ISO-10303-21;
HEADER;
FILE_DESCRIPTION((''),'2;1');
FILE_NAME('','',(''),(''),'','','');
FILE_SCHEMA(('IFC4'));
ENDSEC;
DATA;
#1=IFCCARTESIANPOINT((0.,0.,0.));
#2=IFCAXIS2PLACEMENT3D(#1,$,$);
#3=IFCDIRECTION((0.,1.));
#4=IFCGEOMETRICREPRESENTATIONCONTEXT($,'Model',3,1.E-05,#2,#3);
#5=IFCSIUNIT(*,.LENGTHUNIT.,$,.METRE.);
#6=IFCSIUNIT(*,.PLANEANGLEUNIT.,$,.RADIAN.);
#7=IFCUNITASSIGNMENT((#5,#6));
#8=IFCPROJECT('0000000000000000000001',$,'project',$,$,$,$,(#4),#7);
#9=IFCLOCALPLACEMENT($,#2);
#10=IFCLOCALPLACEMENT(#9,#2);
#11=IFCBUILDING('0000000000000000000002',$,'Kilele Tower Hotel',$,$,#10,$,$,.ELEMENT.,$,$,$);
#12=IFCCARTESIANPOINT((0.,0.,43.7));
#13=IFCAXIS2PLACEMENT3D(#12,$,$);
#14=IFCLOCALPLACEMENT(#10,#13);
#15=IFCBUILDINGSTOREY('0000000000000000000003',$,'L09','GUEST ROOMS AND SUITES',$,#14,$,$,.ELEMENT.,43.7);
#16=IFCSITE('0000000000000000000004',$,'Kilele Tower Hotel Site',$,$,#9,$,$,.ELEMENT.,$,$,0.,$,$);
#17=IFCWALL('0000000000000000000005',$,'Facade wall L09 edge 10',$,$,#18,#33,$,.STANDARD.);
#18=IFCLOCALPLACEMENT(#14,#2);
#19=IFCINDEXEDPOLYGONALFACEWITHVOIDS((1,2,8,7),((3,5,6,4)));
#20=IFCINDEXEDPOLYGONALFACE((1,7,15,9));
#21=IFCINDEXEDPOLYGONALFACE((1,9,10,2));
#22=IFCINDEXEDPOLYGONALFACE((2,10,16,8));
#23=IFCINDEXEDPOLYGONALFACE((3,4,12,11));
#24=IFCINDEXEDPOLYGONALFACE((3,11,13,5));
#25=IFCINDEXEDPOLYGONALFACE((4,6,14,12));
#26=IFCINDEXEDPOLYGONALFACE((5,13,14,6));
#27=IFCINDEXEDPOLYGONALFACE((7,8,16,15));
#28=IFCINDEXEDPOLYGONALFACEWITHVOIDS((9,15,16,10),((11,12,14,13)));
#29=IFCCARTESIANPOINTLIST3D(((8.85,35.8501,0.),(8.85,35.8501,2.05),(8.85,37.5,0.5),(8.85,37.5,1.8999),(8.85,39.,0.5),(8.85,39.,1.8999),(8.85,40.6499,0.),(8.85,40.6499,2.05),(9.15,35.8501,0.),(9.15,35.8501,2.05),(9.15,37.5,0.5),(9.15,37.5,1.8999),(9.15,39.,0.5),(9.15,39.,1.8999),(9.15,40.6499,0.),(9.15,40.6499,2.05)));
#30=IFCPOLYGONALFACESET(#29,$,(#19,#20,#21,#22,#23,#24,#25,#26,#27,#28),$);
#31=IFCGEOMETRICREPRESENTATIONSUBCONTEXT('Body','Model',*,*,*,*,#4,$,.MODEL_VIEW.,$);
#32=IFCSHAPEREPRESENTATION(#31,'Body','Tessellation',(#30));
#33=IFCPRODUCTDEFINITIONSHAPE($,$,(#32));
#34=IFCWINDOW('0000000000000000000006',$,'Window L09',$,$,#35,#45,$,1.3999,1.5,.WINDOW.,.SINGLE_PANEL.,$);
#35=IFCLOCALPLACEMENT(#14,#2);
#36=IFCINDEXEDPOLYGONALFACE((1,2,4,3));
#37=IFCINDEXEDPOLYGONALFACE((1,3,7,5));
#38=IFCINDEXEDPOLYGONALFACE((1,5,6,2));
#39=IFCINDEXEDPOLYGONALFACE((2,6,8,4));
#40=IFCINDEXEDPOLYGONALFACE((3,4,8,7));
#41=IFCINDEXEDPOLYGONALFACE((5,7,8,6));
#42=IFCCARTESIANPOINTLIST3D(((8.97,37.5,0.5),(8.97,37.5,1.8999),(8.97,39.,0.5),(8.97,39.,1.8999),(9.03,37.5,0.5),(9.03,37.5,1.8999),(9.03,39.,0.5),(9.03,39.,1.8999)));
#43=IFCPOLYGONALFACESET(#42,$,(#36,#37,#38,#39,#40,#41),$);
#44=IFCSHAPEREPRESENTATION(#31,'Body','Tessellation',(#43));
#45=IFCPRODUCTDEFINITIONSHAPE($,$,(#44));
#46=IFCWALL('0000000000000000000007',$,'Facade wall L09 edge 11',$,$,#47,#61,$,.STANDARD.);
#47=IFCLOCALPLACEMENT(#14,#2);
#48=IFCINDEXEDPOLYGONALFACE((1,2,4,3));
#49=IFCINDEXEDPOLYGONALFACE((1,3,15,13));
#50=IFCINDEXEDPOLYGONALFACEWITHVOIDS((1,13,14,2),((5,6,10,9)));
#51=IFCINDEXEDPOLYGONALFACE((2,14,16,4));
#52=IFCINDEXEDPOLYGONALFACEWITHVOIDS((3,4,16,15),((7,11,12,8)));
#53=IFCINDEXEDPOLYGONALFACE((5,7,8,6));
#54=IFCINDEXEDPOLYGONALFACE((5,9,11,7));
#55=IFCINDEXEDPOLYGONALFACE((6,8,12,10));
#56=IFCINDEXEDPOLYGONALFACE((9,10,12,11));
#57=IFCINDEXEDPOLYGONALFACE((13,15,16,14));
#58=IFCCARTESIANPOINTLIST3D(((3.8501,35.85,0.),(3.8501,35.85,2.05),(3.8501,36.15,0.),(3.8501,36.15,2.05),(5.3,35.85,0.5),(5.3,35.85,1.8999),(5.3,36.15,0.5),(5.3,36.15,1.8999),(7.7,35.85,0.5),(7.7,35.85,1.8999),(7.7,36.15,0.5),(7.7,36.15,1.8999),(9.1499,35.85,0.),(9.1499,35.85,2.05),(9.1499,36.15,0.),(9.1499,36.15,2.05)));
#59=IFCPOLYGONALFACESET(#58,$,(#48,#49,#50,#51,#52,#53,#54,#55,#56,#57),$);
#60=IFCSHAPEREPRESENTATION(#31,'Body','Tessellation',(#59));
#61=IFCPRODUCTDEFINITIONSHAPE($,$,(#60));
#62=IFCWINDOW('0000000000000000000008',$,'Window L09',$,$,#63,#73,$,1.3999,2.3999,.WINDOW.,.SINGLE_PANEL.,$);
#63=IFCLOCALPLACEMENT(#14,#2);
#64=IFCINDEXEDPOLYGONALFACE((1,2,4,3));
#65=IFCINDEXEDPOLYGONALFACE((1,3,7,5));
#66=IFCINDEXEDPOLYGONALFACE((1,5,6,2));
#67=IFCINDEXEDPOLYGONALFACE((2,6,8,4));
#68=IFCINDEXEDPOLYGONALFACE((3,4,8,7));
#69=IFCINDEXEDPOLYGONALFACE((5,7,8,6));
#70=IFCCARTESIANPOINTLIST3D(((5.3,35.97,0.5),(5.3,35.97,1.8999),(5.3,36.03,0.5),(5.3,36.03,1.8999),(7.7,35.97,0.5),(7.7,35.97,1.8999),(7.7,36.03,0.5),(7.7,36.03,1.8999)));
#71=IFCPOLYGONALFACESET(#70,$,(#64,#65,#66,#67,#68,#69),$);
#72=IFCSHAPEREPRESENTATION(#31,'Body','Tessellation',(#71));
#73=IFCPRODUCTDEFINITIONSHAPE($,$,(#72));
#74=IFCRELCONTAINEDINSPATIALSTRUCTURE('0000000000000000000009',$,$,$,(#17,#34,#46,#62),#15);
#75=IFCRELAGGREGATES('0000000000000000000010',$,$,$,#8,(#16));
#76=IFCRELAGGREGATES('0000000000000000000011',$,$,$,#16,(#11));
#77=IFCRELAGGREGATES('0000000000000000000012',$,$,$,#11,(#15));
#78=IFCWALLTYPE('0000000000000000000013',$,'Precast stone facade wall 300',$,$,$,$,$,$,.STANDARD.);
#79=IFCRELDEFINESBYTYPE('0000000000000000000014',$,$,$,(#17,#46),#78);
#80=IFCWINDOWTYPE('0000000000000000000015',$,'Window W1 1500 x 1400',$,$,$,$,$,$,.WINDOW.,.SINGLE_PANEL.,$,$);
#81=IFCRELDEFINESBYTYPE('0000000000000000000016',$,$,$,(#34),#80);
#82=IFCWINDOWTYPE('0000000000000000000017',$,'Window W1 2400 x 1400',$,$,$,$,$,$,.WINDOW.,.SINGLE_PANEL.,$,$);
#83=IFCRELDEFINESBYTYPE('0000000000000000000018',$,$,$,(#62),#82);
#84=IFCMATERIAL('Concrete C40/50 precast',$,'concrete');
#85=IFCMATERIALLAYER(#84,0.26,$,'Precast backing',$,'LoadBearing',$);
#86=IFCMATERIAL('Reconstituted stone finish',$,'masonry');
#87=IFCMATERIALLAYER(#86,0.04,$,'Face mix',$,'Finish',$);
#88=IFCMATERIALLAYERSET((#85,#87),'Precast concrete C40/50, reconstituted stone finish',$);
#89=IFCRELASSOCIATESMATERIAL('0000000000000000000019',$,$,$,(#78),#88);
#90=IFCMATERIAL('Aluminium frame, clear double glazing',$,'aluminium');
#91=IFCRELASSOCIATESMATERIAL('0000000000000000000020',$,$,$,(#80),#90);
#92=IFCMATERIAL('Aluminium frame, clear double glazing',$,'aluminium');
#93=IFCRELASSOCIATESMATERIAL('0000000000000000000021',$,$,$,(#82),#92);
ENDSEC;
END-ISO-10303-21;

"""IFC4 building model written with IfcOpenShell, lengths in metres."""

from ifc_helpers import new_model, si_unit, direction, frame, frame_2d, origin, place, context, subcontext, project, spatial, rectangle, extrude, material, layer, layer_set, type_object, element, fill, save


model = new_model("IFC4")

# Units and contexts
model_context = context("Model", 3, precision=1e-05, world=origin(), true_north=direction((0.0, 1.0)))
body_context = subcontext(model_context, "Body", "Model", "MODEL_VIEW")
ifc_project = project(units=[si_unit("LENGTHUNIT", "METRE"), si_unit("PLANEANGLEUNIT", "RADIAN")], contexts=[model_context])

# Site, building, storey
site_placement = place(None, origin())
site = spatial("IfcSite", under=ifc_project, at=site_placement, Name="Kilele Tower Hotel Site", CompositionType="ELEMENT", RefElevation=0.0)
building_placement = place(site_placement, origin())
building = spatial("IfcBuilding", under=site, at=building_placement, Name="Kilele Tower Hotel", CompositionType="ELEMENT")
storey_placement = place(building_placement, frame((0.0, 0.0, 43.7)))
storey = spatial("IfcBuildingStorey", under=building, at=storey_placement, Name="L09", Description="GUEST ROOMS AND SUITES", CompositionType="ELEMENT", Elevation=43.7)

# Walls, openings, windows
ifc_material_1 = material(Name="Concrete C40/50 precast", Category="concrete")
ifc_layer_1 = layer(ifc_material_1, 0.26, Name="Precast backing", Category="LoadBearing")
ifc_material_2 = material(Name="Reconstituted stone finish", Category="masonry")
ifc_layer_2 = layer(ifc_material_2, 0.04, Name="Face mix", Category="Finish")
ifc_layer_set_1 = layer_set([ifc_layer_1, ifc_layer_2], Name="Precast concrete C40/50, reconstituted stone finish")
wall_type_1 = type_object("IfcWallType", Name="Precast stone facade wall 300", PredefinedType="STANDARD", material=ifc_layer_set_1)
wall_1_placement = place(storey_placement, frame((9.0, 40.6499, 0.0), z_axis=(0.0, 0.0, 1.0), x_axis=(0.0, -1.0, 0.0)))
wall_1 = element("IfcWall", 1, at=wall_1_placement, inside=storey, type_object=wall_type_1, Name="Facade wall L09 edge 10", PredefinedType="STANDARD", context=body_context, shape_type="SweptSolid", body=[
    extrude(rectangle(XDim=4.7998, YDim=0.3, at=frame_2d((2.3999, 0.0))), origin(), (0.0, 0.0, 1.0), 2.05),
])
opening_1_placement = place(wall_1_placement, frame((1.6499, 0.0, 0.5)))
opening_1 = element("IfcOpeningElement", 2, at=opening_1_placement, cuts=wall_1, PredefinedType="OPENING", context=body_context, shape_type="SweptSolid", body=[
    extrude(rectangle(XDim=1.5, YDim=1.3999, at=frame_2d((0.75, 0.7))), frame((0.0, 0.1599, 0.0), z_axis=(0.0, -1.0, 0.0), x_axis=(1.0, 0.0, 0.0)), (0.0, 0.0, 1.0), 0.3201),
])
ifc_material_3 = material(Name="Aluminium frame, clear double glazing", Category="aluminium")
window_type_1 = type_object("IfcWindowType", Name="Window W1 1500 x 1400", PartitioningType="SINGLE_PANEL", PredefinedType="WINDOW", material=ifc_material_3)
window_1_placement = place(opening_1_placement, origin())
window_1 = element("IfcWindow", 3, at=window_1_placement, inside=storey, type_object=window_type_1, Name="Window L09", OverallHeight=1.3999, OverallWidth=1.5, PartitioningType="SINGLE_PANEL", PredefinedType="WINDOW", context=body_context, shape_type="SweptSolid", body=[
    extrude(rectangle(XDim=1.5, YDim=1.3999, at=frame_2d((0.75, 0.7))), frame((0.0, 0.03, 0.0), z_axis=(0.0, -1.0, 0.0), x_axis=(1.0, 0.0, 0.0)), (0.0, 0.0, 1.0), 0.0601),
])
fill(opening_1, window_1)
wall_2_placement = place(storey_placement, frame((9.1499, 36.0, 0.0), z_axis=(0.0, 0.0, 1.0), x_axis=(-1.0, 0.0, 0.0)))
wall_2 = element("IfcWall", 4, at=wall_2_placement, inside=storey, type_object=wall_type_1, Name="Facade wall L09 edge 11", PredefinedType="STANDARD", context=body_context, shape_type="SweptSolid", body=[
    extrude(rectangle(XDim=5.2998, YDim=0.3, at=frame_2d((2.6499, 0.0))), origin(), (0.0, 0.0, 1.0), 2.05),
])
opening_2_placement = place(wall_2_placement, frame((1.45, 0.0, 0.5)))
opening_2 = element("IfcOpeningElement", 5, at=opening_2_placement, cuts=wall_2, PredefinedType="OPENING", context=body_context, shape_type="SweptSolid", body=[
    extrude(rectangle(XDim=2.3999, YDim=1.3999, at=frame_2d((1.2, 0.7))), frame((0.0, 0.1599, 0.0), z_axis=(0.0, -1.0, 0.0), x_axis=(1.0, 0.0, 0.0)), (0.0, 0.0, 1.0), 0.3201),
])
ifc_material_4 = material(Name="Aluminium frame, clear double glazing", Category="aluminium")
window_type_2 = type_object("IfcWindowType", Name="Window W1 2400 x 1400", PartitioningType="SINGLE_PANEL", PredefinedType="WINDOW", material=ifc_material_4)
window_2_placement = place(opening_2_placement, origin())
window_2 = element("IfcWindow", 6, at=window_2_placement, inside=storey, type_object=window_type_2, Name="Window L09", OverallHeight=1.3999, OverallWidth=2.3999, PartitioningType="SINGLE_PANEL", PredefinedType="WINDOW", context=body_context, shape_type="SweptSolid", body=[
    extrude(rectangle(XDim=2.3999, YDim=1.3999, at=frame_2d((1.2, 0.7))), frame((0.0, 0.03, 0.0), z_axis=(0.0, -1.0, 0.0), x_axis=(1.0, 0.0, 0.0)), (0.0, 0.0, 1.0), 0.0601),
])
fill(opening_2, window_2)

save(model, "model.ifc")
